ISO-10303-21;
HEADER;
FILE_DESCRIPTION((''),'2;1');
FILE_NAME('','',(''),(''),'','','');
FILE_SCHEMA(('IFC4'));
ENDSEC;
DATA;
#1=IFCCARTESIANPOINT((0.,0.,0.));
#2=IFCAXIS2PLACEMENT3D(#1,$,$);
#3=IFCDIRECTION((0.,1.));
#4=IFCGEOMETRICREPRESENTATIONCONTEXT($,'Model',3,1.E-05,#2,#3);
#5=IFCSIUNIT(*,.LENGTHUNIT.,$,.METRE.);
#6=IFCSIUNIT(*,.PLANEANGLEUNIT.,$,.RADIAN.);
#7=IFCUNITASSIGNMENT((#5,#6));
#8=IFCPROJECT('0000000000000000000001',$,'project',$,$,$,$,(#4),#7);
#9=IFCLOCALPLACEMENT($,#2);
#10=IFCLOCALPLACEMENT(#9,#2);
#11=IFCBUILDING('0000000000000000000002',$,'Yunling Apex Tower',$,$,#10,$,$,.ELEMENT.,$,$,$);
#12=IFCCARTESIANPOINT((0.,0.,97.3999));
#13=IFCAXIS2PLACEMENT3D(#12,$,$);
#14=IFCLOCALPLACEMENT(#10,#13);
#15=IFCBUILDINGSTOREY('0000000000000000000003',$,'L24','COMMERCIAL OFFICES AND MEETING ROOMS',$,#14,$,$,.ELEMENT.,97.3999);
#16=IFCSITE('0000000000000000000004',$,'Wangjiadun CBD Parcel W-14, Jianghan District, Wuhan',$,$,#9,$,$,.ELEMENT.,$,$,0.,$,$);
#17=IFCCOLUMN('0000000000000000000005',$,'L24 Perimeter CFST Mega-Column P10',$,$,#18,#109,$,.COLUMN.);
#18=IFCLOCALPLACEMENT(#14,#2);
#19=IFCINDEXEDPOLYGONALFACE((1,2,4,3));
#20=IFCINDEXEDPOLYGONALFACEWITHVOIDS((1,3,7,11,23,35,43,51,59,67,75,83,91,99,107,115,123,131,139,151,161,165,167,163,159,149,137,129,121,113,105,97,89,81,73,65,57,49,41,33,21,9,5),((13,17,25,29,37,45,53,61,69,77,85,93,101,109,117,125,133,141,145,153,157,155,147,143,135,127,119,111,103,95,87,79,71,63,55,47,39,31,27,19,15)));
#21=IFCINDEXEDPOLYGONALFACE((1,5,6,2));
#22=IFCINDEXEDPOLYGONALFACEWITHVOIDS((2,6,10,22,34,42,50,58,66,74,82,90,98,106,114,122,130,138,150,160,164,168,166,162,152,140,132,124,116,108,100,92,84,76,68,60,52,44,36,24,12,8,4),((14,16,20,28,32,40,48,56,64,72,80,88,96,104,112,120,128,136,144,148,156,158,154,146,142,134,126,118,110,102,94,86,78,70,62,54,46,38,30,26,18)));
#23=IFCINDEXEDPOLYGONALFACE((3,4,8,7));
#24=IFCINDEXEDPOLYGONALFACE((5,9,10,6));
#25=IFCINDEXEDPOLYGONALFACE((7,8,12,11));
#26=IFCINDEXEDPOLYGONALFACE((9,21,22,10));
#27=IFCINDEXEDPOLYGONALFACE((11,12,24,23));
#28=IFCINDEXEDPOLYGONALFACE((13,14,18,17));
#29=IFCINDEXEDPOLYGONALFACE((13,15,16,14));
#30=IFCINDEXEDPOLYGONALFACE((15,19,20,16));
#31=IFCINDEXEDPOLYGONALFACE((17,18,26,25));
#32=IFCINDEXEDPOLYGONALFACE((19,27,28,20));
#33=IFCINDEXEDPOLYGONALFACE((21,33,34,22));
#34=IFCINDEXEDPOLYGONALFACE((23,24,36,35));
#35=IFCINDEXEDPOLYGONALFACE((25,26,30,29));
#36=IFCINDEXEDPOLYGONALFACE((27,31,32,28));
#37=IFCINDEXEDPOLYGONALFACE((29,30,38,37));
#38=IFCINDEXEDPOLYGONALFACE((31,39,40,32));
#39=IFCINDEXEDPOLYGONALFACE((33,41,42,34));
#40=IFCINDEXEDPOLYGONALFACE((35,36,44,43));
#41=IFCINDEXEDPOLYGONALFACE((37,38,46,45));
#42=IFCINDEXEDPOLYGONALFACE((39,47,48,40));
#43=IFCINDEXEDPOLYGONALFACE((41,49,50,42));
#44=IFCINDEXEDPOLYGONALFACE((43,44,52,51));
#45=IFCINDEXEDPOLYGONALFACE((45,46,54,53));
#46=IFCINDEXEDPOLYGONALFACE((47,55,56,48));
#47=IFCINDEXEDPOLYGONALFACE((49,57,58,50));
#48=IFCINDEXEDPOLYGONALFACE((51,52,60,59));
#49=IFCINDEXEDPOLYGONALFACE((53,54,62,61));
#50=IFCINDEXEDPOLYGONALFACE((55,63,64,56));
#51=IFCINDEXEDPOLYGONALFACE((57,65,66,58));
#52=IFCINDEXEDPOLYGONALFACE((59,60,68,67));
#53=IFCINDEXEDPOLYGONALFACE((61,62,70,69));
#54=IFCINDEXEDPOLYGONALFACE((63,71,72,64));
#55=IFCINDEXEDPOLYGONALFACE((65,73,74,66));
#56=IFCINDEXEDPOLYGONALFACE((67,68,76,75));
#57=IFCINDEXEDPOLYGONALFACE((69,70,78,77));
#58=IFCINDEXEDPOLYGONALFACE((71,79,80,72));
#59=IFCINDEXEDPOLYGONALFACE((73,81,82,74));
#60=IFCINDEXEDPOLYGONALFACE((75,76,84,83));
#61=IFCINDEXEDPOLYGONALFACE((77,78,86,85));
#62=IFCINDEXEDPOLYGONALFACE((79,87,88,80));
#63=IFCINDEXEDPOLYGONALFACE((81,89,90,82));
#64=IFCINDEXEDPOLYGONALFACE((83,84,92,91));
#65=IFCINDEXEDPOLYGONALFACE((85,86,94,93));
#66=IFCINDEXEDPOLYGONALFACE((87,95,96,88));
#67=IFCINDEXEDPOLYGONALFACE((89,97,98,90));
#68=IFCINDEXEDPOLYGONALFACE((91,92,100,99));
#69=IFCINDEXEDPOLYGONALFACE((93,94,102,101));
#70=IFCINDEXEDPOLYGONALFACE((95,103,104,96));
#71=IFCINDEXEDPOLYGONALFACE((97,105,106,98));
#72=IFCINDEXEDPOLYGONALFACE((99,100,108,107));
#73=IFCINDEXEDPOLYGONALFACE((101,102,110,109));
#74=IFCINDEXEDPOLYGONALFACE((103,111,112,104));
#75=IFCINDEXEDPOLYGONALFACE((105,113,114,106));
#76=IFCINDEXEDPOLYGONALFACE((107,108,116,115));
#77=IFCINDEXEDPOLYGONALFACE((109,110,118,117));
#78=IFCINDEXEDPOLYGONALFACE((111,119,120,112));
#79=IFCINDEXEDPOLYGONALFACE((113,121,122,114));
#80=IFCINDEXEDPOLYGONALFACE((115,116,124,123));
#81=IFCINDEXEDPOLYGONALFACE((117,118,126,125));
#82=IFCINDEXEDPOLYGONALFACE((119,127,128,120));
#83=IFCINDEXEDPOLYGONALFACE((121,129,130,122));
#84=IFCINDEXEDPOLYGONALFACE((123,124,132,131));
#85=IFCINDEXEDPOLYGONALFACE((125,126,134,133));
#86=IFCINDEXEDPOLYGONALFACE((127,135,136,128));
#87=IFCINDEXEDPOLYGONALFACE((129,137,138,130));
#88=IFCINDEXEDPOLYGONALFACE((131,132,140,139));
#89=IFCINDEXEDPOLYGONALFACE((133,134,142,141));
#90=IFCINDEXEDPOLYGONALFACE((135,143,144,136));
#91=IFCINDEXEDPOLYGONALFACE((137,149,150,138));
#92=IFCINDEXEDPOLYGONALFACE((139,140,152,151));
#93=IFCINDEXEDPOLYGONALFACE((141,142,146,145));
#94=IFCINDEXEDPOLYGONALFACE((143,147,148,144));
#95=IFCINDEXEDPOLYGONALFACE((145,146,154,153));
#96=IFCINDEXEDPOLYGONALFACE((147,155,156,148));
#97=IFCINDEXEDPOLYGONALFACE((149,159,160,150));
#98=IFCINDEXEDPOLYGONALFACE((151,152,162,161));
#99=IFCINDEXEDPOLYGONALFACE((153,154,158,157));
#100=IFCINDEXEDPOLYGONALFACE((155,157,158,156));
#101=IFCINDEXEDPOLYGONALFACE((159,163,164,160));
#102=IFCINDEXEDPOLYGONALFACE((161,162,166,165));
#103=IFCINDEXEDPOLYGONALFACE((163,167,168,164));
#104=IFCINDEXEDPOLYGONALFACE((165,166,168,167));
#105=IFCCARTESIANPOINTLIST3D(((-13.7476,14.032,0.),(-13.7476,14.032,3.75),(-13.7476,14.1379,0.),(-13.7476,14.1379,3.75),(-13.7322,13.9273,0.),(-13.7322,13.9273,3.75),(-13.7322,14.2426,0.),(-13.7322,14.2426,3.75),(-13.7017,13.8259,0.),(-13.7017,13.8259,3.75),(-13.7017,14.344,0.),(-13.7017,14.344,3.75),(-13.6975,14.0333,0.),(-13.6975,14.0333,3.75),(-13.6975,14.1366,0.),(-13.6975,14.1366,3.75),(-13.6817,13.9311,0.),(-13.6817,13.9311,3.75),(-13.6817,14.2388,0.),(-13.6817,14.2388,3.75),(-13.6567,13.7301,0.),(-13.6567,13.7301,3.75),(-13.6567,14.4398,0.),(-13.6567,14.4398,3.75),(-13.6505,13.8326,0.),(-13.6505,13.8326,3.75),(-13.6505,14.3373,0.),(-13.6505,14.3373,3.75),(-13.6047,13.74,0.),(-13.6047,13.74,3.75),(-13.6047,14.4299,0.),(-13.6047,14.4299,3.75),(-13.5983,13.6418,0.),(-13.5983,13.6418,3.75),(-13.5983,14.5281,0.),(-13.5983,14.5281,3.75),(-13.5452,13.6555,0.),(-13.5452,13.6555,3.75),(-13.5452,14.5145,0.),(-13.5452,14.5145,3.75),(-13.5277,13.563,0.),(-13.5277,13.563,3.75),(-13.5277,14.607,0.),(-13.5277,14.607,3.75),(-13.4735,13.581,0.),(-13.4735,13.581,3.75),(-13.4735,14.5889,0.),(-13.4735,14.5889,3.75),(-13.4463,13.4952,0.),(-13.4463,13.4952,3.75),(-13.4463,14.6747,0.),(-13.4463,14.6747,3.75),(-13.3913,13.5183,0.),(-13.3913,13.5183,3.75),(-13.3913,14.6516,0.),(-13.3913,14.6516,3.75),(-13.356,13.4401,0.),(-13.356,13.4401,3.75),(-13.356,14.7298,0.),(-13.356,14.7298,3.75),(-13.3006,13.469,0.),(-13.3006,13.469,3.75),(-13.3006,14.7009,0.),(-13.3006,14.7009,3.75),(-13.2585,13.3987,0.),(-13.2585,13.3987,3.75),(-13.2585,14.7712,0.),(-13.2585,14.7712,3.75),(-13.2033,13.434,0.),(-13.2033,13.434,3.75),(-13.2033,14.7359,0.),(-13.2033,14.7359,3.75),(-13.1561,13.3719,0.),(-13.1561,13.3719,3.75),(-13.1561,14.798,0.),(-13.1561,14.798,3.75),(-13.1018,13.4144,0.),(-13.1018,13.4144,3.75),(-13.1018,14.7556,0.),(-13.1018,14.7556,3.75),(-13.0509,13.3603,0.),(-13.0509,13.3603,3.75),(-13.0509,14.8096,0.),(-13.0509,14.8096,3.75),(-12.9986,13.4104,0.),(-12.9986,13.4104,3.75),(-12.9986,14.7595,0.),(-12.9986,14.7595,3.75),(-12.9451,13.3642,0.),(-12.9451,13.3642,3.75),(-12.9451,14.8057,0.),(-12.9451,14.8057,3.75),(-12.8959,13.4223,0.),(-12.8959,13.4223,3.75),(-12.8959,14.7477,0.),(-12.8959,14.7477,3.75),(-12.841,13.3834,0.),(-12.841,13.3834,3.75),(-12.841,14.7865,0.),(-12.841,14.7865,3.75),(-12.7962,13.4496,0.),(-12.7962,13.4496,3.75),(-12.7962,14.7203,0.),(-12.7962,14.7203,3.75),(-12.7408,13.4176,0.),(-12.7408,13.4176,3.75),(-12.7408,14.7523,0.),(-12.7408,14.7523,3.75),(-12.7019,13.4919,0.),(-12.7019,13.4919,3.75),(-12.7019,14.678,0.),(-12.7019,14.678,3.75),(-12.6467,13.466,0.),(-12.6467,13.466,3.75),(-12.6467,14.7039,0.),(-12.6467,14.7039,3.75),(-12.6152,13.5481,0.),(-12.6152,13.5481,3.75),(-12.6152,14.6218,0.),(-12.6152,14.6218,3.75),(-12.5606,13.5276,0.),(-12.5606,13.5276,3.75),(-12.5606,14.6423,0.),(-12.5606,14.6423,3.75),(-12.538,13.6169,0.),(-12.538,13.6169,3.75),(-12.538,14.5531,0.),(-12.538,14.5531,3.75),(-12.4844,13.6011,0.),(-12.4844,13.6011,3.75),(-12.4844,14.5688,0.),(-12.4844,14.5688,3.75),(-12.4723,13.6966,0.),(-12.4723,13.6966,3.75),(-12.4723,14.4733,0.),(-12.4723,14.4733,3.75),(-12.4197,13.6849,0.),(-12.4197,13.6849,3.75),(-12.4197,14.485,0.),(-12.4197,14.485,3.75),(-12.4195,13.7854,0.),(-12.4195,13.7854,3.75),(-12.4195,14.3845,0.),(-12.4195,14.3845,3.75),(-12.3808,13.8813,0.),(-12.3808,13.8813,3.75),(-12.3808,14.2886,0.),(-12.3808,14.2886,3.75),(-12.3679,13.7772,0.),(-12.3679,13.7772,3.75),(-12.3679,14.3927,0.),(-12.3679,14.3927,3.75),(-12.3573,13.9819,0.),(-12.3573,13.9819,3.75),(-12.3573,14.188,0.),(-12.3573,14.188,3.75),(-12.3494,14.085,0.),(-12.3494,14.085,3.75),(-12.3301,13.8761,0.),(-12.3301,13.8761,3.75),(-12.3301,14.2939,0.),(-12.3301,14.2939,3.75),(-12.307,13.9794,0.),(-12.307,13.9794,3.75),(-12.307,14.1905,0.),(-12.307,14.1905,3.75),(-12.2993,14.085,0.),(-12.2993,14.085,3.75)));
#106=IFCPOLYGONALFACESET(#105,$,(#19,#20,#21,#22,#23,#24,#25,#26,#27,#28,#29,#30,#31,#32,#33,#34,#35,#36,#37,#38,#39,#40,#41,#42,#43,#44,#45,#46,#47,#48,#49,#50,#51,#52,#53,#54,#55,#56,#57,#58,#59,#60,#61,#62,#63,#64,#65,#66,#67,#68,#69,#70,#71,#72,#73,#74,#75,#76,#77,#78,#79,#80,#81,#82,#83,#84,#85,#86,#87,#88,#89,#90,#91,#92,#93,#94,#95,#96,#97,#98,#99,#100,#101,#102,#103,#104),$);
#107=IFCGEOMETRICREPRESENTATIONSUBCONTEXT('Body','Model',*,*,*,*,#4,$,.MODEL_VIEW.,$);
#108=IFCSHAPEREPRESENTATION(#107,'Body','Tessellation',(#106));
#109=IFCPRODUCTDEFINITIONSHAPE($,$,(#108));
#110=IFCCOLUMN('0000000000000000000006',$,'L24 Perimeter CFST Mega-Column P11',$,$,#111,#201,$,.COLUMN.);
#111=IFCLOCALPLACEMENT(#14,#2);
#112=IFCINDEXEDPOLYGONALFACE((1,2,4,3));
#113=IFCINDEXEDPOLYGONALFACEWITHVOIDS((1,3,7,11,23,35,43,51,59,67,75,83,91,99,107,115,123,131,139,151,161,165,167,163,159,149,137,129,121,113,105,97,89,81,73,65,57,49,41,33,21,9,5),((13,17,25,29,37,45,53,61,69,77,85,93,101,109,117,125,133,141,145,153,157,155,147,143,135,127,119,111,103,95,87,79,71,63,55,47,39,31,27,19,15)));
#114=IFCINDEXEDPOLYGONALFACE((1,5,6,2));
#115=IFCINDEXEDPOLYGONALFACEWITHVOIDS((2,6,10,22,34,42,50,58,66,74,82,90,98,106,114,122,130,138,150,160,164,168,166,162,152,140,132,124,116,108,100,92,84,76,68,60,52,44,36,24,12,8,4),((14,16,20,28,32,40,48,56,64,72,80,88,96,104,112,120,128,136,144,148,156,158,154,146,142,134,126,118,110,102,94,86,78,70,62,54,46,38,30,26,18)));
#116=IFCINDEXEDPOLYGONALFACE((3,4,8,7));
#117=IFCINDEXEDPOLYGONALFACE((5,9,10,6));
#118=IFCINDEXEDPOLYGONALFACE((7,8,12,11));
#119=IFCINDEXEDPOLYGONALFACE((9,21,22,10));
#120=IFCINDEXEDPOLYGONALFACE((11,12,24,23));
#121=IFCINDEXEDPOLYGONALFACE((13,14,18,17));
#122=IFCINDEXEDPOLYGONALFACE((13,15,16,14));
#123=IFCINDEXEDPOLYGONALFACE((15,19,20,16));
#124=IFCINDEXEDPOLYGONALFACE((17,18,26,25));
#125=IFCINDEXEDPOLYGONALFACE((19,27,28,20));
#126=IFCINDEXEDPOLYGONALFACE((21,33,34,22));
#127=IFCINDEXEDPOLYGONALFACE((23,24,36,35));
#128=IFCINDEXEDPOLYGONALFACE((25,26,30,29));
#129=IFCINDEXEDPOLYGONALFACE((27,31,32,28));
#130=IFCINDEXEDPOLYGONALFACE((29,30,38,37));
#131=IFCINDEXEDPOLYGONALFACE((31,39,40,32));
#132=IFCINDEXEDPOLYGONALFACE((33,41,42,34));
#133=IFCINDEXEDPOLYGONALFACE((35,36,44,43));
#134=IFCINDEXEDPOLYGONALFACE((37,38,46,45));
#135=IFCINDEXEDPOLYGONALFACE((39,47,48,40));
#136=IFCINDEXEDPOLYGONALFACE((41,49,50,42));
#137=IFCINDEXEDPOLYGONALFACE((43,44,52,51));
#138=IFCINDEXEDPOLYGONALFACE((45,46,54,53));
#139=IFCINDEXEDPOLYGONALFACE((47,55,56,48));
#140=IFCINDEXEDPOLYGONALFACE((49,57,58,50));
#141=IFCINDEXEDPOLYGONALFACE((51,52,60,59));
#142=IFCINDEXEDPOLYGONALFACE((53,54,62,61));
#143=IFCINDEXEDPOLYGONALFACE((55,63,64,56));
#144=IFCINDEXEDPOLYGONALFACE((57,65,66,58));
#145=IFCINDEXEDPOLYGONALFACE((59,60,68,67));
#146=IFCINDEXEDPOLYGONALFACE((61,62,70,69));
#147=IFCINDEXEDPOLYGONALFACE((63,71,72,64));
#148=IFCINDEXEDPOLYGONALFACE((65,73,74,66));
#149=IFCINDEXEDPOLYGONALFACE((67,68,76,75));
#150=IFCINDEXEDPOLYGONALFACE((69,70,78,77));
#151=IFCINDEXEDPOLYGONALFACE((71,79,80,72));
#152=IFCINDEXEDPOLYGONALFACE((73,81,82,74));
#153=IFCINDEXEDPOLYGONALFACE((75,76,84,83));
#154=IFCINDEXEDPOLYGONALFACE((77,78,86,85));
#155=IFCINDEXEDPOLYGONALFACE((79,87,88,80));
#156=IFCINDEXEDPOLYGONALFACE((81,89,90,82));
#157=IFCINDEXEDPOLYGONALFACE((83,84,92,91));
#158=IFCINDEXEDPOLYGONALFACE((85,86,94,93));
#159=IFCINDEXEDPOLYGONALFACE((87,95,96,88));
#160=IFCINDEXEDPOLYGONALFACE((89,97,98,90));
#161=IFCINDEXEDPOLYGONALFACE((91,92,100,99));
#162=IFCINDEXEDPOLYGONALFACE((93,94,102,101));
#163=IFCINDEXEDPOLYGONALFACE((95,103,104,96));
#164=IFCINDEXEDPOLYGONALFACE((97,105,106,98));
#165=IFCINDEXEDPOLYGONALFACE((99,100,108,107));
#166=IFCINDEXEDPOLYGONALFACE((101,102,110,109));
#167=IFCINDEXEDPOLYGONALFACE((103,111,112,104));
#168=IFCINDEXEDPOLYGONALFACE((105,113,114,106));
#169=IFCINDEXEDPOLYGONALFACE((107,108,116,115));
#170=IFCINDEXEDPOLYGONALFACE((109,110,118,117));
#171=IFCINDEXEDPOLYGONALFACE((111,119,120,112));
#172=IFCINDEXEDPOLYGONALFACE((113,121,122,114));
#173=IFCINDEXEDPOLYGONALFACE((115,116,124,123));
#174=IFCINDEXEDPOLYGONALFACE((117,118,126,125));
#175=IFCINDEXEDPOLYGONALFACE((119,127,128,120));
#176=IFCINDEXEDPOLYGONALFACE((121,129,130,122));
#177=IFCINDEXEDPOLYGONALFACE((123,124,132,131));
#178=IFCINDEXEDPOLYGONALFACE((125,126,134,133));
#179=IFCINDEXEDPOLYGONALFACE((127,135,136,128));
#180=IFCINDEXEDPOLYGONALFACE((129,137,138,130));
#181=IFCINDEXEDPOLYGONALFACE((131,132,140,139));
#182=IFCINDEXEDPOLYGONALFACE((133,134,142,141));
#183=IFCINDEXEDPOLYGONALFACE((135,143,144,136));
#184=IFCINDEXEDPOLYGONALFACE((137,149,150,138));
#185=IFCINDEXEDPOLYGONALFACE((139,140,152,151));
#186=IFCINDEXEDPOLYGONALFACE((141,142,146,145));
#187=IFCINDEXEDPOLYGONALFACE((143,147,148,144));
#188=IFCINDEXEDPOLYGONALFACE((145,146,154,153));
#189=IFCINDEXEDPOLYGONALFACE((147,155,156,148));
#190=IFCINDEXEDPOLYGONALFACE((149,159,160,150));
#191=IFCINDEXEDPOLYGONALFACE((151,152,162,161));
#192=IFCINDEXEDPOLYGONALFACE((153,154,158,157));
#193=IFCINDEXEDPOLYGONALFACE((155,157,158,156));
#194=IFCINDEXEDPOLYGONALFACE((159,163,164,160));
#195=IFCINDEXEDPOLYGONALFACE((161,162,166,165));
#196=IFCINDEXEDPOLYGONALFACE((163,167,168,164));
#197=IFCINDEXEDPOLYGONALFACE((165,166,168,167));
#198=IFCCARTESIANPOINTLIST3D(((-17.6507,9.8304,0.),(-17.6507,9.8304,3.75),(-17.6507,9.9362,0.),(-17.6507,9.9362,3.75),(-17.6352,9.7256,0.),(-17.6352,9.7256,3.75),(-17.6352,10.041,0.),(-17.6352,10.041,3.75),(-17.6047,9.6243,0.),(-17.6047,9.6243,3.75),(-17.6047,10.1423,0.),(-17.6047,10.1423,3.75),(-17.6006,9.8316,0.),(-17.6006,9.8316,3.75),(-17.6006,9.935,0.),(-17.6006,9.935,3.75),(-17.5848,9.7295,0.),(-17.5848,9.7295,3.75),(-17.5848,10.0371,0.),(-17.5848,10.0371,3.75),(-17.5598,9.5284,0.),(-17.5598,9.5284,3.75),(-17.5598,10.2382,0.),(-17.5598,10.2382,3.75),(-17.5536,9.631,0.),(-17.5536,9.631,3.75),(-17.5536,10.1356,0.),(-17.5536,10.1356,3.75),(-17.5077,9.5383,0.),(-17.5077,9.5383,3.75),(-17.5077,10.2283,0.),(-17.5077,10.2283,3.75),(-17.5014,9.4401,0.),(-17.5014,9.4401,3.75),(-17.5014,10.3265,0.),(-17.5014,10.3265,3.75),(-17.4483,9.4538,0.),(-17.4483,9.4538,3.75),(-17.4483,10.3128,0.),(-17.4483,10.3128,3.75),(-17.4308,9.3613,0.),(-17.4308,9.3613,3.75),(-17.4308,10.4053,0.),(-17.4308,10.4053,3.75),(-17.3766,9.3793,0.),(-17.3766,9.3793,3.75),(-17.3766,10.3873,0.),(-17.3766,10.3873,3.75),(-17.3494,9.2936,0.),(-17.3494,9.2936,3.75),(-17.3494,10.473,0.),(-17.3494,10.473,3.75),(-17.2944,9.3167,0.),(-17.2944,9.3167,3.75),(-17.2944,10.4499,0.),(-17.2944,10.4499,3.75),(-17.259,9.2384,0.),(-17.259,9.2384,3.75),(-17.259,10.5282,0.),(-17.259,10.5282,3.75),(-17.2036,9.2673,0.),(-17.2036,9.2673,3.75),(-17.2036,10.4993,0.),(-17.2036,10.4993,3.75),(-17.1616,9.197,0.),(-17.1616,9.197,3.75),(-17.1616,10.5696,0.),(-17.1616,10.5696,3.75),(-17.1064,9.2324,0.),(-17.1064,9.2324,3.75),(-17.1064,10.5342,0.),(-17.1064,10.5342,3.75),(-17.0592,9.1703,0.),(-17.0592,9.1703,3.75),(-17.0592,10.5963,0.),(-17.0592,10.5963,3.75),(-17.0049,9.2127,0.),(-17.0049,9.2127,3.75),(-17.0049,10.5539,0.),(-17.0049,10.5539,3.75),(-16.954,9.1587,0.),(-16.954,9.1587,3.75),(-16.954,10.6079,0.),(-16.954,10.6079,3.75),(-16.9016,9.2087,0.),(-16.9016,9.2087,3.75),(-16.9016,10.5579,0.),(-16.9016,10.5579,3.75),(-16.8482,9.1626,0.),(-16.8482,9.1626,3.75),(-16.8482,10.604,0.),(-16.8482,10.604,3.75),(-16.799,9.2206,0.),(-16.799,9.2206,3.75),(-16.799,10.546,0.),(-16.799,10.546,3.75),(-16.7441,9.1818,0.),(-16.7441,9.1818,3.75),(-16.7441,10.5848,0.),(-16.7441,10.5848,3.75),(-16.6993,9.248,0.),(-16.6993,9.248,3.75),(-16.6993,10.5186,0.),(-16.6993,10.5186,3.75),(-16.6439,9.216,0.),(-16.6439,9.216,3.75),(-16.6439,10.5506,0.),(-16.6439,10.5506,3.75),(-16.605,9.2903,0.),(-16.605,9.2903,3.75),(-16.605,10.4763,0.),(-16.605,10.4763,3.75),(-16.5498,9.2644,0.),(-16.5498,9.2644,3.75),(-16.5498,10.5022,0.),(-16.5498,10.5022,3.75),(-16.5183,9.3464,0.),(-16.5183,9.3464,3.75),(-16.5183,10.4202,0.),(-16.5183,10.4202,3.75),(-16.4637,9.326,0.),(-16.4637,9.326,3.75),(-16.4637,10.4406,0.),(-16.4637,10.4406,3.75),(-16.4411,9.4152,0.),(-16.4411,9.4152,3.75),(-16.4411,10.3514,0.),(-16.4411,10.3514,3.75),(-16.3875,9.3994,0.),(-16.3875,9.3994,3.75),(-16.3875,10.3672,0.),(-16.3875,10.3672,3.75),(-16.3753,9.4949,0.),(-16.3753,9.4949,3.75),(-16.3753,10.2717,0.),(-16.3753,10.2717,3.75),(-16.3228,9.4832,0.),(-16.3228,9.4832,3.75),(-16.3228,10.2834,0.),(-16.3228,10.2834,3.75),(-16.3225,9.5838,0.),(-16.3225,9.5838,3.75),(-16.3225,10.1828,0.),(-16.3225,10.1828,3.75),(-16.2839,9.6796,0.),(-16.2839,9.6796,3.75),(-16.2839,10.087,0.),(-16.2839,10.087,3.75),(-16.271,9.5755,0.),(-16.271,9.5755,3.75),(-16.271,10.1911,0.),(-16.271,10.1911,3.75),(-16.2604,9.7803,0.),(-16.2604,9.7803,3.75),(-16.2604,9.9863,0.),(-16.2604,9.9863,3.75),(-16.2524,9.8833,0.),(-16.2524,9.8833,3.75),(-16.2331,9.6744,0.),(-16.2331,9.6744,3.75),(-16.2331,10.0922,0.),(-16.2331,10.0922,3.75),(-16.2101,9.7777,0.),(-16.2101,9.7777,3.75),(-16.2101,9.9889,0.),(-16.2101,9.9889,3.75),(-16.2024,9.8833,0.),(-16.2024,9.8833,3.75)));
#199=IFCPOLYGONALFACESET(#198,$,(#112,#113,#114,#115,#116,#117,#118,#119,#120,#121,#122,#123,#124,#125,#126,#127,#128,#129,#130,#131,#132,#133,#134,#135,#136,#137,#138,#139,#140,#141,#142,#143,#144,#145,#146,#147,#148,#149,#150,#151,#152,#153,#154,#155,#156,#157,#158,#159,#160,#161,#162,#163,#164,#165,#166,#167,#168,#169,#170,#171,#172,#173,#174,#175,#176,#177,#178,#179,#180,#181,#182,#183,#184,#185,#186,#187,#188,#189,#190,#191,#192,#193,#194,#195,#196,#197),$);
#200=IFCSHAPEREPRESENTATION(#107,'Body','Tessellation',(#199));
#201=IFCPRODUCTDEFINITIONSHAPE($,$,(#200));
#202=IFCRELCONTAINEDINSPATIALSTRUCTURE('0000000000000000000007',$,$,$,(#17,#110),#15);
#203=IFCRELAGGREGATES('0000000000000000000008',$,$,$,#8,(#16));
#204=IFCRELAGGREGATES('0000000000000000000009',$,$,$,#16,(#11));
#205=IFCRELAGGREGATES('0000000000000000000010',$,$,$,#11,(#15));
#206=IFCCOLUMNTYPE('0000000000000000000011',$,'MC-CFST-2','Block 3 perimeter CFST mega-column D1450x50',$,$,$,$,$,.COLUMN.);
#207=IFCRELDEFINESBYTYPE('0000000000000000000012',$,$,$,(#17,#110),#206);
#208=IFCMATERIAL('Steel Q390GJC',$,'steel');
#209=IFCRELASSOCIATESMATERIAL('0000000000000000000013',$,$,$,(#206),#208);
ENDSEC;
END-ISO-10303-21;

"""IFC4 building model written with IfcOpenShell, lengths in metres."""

from ifc_helpers import new_model, si_unit, direction, frame, origin, origin_2d, place, context, subcontext, project, spatial, hollow_circle, extrude, source, transform, mapped, material, material_profile, profile_set, type_object, element, save


model = new_model("IFC4")

# Units and contexts
model_context = context("Model", 3, precision=1e-05, world=origin(), true_north=direction((0.0, 1.0)))
body_context = subcontext(model_context, "Body", "Model", "MODEL_VIEW")
ifc_project = project(units=[si_unit("LENGTHUNIT", "METRE"), si_unit("PLANEANGLEUNIT", "RADIAN")], contexts=[model_context])

# Site, building, storey
site_placement = place(None, origin())
site = spatial("IfcSite", under=ifc_project, at=site_placement, Name="Wangjiadun CBD Parcel W-14, Jianghan District, Wuhan", CompositionType="ELEMENT", RefElevation=0.0)
building_placement = place(site_placement, origin())
building = spatial("IfcBuilding", under=site, at=building_placement, Name="Yunling Apex Tower", CompositionType="ELEMENT")
storey_placement = place(building_placement, frame((0.0, 0.0, 97.3999)))
storey = spatial("IfcBuildingStorey", under=building, at=storey_placement, Name="L24", Description="COMMERCIAL OFFICES AND MEETING ROOMS", CompositionType="ELEMENT", Elevation=97.3999)

# Columns
ifc_material_1 = material(Name="Steel Q390GJC", Category="steel")
ifc_material_profile_1 = material_profile(ifc_material_1, hollow_circle(Radius=0.7251, WallThickness=0.05, at=origin_2d()))
ifc_profile_set_1 = profile_set([ifc_material_profile_1], Name="Steel Q390GJC")
column_type = type_object("IfcColumnType", Name="MC-CFST-2", Description="Block 3 perimeter CFST mega-column D1450x50", PredefinedType="COLUMN", material=ifc_profile_set_1)
shared_shape_1 = source(origin(), body_context, "Body", "SweptSolid", [
    extrude(hollow_circle(Radius=0.7251, WallThickness=0.05, at=origin_2d()), origin(), (0.0, 0.0, 1.0), 3.75),
])
for number, where, z_axis, x_axis, name in (
    (1, (-13.0244, 14.085, 0.0), (0.0, 0.0, 1.0), (1.0, 0.0, 0.0), "L24 Perimeter CFST Mega-Column P10"),
    (2, (-16.9275, 9.8833, 0.0), (0.0, 0.0, 1.0), (1.0, 0.0, 0.0), "L24 Perimeter CFST Mega-Column P11"),
):
    element("IfcColumn", number, at=place(storey_placement, frame(where, z_axis=z_axis, x_axis=x_axis)), inside=storey, type_object=column_type, Name=name, PredefinedType="COLUMN", context=body_context, shape_type="MappedRepresentation", body=[
        mapped(shared_shape_1, transform((0.0, 0.0, 0.0), scale=1.0)),
    ])

save(model, "model.ifc")
